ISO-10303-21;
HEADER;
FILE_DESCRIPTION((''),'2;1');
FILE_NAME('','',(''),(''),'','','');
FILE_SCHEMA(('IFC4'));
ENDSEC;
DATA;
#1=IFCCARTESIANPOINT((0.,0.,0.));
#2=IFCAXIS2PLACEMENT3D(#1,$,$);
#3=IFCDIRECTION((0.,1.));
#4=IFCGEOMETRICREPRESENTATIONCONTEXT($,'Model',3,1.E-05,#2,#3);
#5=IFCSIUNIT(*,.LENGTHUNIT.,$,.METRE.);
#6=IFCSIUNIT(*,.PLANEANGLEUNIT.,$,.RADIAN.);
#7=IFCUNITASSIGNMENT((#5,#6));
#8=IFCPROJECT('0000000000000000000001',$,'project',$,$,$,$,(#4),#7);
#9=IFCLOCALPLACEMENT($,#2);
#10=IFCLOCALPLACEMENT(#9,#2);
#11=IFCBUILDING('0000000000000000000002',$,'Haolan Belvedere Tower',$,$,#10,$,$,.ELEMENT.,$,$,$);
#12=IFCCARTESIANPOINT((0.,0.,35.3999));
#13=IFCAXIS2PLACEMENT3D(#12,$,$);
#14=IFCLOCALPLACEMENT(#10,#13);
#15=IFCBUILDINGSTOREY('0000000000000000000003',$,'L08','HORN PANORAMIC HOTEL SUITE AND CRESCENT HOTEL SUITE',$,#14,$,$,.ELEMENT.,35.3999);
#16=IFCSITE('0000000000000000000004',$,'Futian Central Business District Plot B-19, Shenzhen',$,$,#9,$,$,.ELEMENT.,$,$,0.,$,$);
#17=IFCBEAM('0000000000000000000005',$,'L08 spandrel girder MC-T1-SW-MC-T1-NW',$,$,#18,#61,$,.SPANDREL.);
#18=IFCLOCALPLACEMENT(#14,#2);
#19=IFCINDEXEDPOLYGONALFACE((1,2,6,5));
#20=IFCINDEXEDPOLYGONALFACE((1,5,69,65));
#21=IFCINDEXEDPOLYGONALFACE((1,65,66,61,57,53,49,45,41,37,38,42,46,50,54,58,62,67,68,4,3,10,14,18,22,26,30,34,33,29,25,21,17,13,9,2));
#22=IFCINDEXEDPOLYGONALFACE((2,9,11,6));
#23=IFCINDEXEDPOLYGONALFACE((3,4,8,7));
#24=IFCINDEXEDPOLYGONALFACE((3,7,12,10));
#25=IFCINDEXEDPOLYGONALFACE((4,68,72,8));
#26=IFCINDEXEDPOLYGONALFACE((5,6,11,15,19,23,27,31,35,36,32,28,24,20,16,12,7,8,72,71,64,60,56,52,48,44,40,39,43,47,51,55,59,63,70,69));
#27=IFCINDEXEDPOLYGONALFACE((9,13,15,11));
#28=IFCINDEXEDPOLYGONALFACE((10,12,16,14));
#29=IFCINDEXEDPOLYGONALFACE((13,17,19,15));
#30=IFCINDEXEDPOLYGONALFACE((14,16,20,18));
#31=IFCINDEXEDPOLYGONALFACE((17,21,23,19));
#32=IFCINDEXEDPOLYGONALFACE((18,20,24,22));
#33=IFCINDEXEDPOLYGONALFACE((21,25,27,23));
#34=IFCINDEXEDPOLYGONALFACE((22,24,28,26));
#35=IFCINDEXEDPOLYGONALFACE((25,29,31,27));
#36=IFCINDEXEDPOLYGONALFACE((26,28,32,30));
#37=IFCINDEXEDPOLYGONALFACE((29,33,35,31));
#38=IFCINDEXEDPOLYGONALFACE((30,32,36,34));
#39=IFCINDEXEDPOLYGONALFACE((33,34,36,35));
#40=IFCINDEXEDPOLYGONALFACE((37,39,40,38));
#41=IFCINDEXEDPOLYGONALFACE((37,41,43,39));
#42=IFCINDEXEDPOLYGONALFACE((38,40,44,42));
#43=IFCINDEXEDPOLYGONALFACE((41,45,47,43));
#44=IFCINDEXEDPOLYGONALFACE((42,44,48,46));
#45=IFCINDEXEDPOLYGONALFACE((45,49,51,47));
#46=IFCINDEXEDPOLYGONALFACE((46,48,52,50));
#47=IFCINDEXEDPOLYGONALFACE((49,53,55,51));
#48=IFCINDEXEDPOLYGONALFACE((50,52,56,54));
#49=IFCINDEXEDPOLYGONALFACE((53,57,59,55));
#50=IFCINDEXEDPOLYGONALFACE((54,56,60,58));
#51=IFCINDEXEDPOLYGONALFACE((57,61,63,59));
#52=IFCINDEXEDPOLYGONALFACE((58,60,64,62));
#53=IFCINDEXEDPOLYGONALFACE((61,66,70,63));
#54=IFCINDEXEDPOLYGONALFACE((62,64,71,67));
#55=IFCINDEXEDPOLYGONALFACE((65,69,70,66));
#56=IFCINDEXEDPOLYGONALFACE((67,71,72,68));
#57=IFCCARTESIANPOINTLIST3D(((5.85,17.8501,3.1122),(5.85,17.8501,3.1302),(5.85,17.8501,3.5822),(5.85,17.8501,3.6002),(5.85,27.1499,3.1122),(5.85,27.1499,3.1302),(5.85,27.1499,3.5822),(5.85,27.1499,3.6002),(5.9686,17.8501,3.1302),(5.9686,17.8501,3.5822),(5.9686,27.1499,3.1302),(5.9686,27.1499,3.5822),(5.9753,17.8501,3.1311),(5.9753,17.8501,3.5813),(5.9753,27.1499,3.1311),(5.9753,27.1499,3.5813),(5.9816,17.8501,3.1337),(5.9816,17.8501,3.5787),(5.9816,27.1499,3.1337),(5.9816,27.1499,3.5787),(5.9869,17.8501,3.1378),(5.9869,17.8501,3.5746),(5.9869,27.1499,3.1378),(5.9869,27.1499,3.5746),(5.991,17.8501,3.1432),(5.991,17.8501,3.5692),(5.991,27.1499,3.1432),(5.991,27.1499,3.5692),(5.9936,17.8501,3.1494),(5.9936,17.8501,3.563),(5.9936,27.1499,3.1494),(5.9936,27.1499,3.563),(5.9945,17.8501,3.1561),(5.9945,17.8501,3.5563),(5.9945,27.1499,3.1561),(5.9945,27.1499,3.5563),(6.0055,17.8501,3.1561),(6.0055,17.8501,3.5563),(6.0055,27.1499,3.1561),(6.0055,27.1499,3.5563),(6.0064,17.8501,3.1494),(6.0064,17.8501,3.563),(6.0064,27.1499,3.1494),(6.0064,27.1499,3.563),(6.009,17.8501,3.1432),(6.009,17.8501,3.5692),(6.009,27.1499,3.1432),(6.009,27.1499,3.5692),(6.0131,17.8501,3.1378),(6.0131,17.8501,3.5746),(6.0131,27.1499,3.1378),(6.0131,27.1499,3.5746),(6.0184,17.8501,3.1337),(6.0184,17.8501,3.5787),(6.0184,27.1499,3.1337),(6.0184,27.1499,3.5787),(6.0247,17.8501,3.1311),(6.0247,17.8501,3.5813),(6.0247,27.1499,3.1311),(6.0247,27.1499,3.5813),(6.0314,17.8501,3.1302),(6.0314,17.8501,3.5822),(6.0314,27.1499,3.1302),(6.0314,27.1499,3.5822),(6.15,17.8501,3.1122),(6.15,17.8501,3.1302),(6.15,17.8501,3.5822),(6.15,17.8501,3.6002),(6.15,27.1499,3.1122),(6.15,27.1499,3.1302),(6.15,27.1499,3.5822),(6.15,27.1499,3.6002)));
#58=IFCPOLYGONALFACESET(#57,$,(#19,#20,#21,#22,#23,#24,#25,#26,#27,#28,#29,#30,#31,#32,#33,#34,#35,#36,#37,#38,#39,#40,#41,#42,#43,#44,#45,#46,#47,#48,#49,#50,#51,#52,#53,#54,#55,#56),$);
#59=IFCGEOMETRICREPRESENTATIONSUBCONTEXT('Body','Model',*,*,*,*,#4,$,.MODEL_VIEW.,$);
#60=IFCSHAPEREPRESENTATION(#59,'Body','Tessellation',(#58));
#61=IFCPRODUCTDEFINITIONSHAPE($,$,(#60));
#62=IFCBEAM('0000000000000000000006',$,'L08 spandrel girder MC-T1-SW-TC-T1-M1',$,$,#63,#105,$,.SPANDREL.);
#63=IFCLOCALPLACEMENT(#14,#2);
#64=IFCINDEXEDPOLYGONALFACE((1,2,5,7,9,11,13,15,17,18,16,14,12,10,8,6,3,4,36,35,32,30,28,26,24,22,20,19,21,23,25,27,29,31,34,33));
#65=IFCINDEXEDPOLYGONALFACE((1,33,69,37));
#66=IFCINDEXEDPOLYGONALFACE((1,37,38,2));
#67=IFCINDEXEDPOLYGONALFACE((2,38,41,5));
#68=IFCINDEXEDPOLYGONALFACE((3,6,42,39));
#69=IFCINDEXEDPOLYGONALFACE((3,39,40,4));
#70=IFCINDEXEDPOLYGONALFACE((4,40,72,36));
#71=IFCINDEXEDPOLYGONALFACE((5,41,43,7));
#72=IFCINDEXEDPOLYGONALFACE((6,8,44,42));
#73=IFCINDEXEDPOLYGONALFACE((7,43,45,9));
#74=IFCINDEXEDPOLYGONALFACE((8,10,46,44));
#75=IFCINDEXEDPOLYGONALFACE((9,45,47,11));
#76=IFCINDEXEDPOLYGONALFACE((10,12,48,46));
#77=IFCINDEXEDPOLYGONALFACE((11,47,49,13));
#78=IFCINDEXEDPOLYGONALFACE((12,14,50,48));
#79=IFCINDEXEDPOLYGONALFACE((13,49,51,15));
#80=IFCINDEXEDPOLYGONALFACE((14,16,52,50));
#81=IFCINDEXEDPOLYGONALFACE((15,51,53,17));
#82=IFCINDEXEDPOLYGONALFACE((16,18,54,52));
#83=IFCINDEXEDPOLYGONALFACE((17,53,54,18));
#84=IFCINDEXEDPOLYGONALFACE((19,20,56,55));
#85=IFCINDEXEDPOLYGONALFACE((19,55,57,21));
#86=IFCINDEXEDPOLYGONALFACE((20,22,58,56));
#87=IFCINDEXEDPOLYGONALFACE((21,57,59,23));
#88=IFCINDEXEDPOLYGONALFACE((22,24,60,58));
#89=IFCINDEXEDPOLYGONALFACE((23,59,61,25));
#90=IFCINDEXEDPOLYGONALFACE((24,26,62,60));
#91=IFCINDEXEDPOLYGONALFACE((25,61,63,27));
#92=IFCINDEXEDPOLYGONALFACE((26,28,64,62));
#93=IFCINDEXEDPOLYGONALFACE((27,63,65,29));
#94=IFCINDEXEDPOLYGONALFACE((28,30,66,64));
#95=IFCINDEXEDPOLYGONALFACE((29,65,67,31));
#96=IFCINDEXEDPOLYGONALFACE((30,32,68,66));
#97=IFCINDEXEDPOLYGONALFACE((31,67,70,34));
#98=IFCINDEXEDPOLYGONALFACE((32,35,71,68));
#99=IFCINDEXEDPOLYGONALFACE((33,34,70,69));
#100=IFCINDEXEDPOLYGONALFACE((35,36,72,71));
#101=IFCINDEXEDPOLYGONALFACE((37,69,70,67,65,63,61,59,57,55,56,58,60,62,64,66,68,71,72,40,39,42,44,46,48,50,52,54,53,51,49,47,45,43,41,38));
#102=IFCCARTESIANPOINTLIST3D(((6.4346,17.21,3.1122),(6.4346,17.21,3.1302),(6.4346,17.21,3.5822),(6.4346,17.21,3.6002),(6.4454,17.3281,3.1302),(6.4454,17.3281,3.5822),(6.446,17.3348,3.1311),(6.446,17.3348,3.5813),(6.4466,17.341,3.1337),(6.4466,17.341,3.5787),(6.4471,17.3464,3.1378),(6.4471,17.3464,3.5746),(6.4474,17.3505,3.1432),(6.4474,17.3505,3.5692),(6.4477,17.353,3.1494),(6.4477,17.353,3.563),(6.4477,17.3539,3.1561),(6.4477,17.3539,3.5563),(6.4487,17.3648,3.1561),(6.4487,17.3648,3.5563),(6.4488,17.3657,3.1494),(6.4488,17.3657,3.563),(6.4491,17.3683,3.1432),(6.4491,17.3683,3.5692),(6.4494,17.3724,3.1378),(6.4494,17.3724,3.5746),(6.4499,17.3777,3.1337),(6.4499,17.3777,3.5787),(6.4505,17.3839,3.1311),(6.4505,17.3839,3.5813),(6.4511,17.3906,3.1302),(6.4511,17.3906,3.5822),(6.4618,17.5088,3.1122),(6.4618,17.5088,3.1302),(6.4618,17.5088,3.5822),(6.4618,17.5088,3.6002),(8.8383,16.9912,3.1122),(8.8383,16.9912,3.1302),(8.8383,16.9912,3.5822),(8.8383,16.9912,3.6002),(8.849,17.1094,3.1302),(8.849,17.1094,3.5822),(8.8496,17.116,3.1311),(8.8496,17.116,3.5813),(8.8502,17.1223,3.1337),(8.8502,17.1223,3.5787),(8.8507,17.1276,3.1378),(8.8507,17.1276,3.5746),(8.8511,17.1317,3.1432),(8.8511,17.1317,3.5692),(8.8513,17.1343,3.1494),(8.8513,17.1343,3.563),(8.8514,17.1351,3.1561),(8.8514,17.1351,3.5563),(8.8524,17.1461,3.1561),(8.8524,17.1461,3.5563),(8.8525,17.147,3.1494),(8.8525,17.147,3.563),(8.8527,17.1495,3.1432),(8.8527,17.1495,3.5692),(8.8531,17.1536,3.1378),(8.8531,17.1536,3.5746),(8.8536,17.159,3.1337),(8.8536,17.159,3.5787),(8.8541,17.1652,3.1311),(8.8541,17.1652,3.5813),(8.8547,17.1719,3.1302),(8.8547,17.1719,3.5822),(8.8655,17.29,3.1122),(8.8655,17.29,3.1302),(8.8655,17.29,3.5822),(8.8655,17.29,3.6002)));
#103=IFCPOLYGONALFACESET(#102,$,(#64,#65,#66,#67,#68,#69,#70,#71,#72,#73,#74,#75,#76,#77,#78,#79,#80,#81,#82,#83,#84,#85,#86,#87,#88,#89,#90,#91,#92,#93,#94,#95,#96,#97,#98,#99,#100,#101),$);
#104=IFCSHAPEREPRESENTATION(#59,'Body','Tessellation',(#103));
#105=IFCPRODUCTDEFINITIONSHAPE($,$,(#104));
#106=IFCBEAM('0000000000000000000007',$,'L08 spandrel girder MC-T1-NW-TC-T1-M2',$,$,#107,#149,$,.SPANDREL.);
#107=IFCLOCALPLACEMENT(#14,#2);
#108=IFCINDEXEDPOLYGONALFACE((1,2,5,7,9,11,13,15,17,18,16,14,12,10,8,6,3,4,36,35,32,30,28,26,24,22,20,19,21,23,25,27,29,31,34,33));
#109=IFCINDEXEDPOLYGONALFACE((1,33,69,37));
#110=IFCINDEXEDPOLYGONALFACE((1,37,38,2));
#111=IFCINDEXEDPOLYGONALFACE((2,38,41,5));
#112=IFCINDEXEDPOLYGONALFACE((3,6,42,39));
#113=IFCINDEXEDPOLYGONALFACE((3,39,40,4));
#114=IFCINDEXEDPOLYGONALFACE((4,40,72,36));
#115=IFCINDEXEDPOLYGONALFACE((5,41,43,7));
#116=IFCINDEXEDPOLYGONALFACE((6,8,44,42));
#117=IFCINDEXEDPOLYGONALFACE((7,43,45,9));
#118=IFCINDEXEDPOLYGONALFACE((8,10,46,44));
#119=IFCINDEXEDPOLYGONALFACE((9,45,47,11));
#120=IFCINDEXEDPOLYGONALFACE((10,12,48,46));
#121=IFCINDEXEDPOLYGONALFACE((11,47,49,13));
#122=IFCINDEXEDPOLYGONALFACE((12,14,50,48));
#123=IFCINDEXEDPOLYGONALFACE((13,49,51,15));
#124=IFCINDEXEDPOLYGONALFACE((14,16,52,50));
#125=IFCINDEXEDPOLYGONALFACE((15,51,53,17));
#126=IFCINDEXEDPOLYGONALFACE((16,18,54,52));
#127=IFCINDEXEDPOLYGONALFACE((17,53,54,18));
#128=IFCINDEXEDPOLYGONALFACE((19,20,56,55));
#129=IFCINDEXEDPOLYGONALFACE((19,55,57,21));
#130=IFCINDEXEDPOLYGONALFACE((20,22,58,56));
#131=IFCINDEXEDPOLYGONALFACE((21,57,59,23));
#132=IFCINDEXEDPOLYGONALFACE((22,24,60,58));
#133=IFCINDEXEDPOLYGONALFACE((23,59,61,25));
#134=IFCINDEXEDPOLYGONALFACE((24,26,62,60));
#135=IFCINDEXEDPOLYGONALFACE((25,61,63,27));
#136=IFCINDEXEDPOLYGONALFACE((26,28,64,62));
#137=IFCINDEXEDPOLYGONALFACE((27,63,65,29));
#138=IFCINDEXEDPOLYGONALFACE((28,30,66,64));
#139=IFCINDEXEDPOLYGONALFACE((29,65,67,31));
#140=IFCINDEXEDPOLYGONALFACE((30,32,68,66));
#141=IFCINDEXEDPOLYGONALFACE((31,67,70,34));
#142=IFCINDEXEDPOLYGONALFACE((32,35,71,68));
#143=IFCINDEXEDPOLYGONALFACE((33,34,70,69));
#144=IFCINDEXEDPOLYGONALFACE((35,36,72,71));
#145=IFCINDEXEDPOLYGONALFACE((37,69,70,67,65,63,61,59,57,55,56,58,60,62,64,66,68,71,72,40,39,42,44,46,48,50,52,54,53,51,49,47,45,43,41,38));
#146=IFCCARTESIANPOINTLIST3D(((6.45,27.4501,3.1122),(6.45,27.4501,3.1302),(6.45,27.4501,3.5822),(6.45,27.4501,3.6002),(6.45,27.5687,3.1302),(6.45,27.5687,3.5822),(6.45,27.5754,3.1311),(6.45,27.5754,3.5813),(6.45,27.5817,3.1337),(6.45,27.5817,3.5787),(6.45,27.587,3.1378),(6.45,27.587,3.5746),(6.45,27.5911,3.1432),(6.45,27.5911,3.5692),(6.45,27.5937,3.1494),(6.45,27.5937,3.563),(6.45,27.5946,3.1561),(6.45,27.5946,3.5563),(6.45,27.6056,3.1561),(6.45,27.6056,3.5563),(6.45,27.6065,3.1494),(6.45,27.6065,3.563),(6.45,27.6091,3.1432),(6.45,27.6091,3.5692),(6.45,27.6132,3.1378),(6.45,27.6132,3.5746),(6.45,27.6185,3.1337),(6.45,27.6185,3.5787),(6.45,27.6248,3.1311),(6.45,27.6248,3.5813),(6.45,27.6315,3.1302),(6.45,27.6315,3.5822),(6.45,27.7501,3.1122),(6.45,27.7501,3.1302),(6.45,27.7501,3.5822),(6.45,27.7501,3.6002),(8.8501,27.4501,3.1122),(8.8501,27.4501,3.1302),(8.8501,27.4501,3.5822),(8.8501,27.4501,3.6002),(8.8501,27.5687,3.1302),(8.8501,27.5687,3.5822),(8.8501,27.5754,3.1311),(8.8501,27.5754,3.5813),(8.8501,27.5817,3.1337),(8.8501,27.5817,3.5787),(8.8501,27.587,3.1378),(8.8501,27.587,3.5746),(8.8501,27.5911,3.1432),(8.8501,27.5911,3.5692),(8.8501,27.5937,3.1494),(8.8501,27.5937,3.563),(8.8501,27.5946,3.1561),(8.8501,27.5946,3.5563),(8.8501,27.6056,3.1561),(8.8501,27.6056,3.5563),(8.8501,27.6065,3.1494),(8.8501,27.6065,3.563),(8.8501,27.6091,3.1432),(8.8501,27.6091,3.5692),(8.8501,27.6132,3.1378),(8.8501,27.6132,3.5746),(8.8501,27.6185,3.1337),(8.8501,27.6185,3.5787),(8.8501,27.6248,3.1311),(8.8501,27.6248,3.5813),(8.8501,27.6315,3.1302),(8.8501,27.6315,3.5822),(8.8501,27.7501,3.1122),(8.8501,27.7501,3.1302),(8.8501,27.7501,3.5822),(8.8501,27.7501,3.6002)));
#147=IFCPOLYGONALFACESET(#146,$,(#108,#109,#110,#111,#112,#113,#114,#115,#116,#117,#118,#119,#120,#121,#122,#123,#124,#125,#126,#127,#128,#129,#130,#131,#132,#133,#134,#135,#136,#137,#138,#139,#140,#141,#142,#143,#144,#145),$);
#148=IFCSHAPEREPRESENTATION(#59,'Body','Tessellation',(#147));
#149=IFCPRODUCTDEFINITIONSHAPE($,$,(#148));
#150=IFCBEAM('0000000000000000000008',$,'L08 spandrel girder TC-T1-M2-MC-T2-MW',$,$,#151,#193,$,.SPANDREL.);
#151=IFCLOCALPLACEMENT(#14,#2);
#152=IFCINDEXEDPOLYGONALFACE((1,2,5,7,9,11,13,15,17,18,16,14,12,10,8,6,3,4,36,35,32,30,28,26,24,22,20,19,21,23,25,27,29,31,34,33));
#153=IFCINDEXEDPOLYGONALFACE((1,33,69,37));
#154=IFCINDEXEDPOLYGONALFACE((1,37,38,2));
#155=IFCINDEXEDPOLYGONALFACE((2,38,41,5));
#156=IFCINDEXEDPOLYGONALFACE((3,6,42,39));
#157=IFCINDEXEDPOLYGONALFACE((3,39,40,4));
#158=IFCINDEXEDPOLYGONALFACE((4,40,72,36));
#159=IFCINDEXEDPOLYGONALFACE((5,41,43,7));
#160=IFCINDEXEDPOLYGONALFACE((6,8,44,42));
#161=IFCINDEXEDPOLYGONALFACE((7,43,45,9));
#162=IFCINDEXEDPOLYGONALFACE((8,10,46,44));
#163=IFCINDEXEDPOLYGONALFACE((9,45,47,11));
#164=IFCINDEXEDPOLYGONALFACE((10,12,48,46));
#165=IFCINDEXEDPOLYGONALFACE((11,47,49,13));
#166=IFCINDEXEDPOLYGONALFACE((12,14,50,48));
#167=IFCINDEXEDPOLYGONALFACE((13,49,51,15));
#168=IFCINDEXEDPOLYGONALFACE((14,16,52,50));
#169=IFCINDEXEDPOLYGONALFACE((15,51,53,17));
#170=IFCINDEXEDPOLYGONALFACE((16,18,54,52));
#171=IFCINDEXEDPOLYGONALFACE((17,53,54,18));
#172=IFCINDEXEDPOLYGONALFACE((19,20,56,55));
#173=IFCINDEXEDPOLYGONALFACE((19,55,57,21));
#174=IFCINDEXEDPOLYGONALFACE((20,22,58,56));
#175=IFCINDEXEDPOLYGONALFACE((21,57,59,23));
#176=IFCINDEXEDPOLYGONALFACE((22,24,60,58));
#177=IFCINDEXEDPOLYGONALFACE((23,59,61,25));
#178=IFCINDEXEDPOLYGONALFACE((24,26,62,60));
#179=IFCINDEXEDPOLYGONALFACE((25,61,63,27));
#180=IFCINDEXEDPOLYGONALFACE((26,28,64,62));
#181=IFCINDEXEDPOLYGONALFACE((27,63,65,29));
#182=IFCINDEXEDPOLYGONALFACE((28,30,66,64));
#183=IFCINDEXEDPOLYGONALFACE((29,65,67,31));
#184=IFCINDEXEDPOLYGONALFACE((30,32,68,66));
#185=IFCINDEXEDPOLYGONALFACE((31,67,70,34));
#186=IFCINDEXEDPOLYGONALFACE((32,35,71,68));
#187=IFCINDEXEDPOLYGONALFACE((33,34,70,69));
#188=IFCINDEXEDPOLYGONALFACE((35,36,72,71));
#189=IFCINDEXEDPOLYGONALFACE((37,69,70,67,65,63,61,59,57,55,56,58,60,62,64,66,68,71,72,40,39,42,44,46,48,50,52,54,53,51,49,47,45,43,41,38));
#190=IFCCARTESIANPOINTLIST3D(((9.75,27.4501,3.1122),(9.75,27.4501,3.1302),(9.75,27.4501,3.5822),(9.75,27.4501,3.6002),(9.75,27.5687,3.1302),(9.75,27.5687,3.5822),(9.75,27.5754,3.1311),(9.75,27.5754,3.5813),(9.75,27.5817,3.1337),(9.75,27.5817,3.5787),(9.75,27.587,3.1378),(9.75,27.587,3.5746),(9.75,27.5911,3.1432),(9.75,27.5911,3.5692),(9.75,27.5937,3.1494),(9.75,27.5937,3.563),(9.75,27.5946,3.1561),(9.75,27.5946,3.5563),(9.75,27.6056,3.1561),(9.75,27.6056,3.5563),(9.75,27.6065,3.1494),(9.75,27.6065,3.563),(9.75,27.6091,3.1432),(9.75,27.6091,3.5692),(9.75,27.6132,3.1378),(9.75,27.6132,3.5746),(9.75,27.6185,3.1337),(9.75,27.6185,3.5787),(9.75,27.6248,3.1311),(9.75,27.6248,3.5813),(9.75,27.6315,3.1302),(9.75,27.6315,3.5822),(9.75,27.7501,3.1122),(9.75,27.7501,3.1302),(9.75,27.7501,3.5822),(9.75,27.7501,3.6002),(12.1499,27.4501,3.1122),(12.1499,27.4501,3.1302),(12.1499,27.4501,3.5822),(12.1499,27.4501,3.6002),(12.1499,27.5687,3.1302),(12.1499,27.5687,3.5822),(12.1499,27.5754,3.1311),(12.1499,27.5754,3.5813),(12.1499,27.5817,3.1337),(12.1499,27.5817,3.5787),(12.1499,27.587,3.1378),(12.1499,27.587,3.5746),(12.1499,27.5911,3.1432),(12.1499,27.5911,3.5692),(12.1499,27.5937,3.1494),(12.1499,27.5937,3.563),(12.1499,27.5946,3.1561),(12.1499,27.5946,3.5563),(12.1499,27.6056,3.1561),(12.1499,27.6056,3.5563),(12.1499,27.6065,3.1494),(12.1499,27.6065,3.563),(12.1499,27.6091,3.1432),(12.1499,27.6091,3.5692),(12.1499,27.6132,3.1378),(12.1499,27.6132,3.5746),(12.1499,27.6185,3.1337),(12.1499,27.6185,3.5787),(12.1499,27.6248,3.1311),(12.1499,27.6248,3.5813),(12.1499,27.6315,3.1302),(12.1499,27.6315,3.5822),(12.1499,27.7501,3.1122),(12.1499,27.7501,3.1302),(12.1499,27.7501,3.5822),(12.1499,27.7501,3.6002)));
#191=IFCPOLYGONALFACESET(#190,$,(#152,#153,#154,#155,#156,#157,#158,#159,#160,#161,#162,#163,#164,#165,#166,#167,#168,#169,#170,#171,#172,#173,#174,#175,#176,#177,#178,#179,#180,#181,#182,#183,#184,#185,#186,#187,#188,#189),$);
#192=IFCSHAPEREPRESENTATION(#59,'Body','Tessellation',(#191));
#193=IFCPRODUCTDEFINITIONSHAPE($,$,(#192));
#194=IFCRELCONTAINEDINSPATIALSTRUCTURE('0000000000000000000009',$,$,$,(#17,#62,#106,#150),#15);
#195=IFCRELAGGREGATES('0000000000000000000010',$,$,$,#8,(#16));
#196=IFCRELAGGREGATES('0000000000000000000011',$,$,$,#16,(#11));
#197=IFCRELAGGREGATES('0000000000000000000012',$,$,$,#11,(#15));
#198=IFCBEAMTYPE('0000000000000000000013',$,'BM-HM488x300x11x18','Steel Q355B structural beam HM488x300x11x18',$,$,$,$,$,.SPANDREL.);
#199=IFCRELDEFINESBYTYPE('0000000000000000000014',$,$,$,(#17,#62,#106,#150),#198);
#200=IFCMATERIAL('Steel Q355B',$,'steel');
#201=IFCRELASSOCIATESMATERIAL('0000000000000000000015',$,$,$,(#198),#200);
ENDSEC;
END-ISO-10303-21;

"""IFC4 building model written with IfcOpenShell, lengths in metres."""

from ifc_helpers import new_model, si_unit, direction, frame, origin, origin_2d, place, context, subcontext, project, spatial, i_section, extrude, material, material_profile, profile_set, type_object, element, save


model = new_model("IFC4")

# Units and contexts
model_context = context("Model", 3, precision=1e-05, world=origin(), true_north=direction((0.0, 1.0)))
body_context = subcontext(model_context, "Body", "Model", "MODEL_VIEW")
ifc_project = project(units=[si_unit("LENGTHUNIT", "METRE"), si_unit("PLANEANGLEUNIT", "RADIAN")], contexts=[model_context])

# Site, building, storey
site_placement = place(None, origin())
site = spatial("IfcSite", under=ifc_project, at=site_placement, Name="Futian Central Business District Plot B-19, Shenzhen", CompositionType="ELEMENT", RefElevation=0.0)
building_placement = place(site_placement, origin())
building = spatial("IfcBuilding", under=site, at=building_placement, Name="Haolan Belvedere Tower", CompositionType="ELEMENT")
storey_placement = place(building_placement, frame((0.0, 0.0, 35.3999)))
storey = spatial("IfcBuildingStorey", under=building, at=storey_placement, Name="L08", Description="HORN PANORAMIC HOTEL SUITE AND CRESCENT HOTEL SUITE", CompositionType="ELEMENT", Elevation=35.3999)

# Shared definitions
ifc_material_1 = material(Name="Steel Q355B", Category="steel")

# Beams
ifc_material_profile_1 = material_profile(ifc_material_1, i_section(OverallWidth=0.3, OverallDepth=0.488, WebThickness=0.011, FlangeThickness=0.0181, FilletRadius=0.0259, at=origin_2d()), Name="Steel Q355B")
ifc_profile_set_1 = profile_set([ifc_material_profile_1], Name="Steel Q355B")
beam_type_1 = type_object("IfcBeamType", Name="BM-HM488x300x11x18", Description="Steel Q355B structural beam HM488x300x11x18", PredefinedType="SPANDREL", material=ifc_profile_set_1)
beam_1_placement = place(storey_placement, frame((6.0, 17.8501, 3.3562), z_axis=(0.0, 1.0, 0.0), x_axis=(-1.0, 0.0, 0.0)))
element("IfcBeam", 1, at=beam_1_placement, inside=storey, type_object=beam_type_1, Name="L08 spandrel girder MC-T1-SW-MC-T1-NW", PredefinedType="SPANDREL", context=body_context, shape_type="SweptSolid", body=[
    extrude(i_section(OverallWidth=0.3, OverallDepth=0.488, WebThickness=0.011, FlangeThickness=0.0181, FilletRadius=0.0259, at=origin_2d()), origin(), (0.0, 0.0, 1.0), 9.2998),
])
beam_2_placement = place(storey_placement, frame((6.4482, 17.3594, 3.3562), z_axis=(0.995884, -0.090636, 0.0), x_axis=(0.090636, 0.995884, 0.0)))
element("IfcBeam", 2, at=beam_2_placement, inside=storey, type_object=beam_type_1, Name="L08 spandrel girder MC-T1-SW-TC-T1-M1", PredefinedType="SPANDREL", context=body_context, shape_type="SweptSolid", body=[
    extrude(i_section(OverallWidth=0.3, OverallDepth=0.488, WebThickness=0.011, FlangeThickness=0.0181, FilletRadius=0.0259, at=origin_2d()), origin(), (0.0, 0.0, 1.0), 2.4136),
])
beam_3_placement = place(storey_placement, frame((6.45, 27.6001, 3.3562), z_axis=(1.0, 0.0, 0.0), x_axis=(0.0, 1.0, 0.0)))
element("IfcBeam", 3, at=beam_3_placement, inside=storey, type_object=beam_type_1, Name="L08 spandrel girder MC-T1-NW-TC-T1-M2", PredefinedType="SPANDREL", context=body_context, shape_type="SweptSolid", body=[
    extrude(i_section(OverallWidth=0.3, OverallDepth=0.488, WebThickness=0.011, FlangeThickness=0.0181, FilletRadius=0.0259, at=origin_2d()), origin(), (0.0, 0.0, 1.0), 2.4001),
])
beam_4_placement = place(storey_placement, frame((9.75, 27.6001, 3.3562), z_axis=(1.0, 0.0, 0.0), x_axis=(0.0, 1.0, 0.0)))
element("IfcBeam", 4, at=beam_4_placement, inside=storey, type_object=beam_type_1, Name="L08 spandrel girder TC-T1-M2-MC-T2-MW", PredefinedType="SPANDREL", context=body_context, shape_type="SweptSolid", body=[
    extrude(i_section(OverallWidth=0.3, OverallDepth=0.488, WebThickness=0.011, FlangeThickness=0.0181, FilletRadius=0.0259, at=origin_2d()), origin(), (0.0, 0.0, 1.0), 2.3999),
])

save(model, "model.ifc")
